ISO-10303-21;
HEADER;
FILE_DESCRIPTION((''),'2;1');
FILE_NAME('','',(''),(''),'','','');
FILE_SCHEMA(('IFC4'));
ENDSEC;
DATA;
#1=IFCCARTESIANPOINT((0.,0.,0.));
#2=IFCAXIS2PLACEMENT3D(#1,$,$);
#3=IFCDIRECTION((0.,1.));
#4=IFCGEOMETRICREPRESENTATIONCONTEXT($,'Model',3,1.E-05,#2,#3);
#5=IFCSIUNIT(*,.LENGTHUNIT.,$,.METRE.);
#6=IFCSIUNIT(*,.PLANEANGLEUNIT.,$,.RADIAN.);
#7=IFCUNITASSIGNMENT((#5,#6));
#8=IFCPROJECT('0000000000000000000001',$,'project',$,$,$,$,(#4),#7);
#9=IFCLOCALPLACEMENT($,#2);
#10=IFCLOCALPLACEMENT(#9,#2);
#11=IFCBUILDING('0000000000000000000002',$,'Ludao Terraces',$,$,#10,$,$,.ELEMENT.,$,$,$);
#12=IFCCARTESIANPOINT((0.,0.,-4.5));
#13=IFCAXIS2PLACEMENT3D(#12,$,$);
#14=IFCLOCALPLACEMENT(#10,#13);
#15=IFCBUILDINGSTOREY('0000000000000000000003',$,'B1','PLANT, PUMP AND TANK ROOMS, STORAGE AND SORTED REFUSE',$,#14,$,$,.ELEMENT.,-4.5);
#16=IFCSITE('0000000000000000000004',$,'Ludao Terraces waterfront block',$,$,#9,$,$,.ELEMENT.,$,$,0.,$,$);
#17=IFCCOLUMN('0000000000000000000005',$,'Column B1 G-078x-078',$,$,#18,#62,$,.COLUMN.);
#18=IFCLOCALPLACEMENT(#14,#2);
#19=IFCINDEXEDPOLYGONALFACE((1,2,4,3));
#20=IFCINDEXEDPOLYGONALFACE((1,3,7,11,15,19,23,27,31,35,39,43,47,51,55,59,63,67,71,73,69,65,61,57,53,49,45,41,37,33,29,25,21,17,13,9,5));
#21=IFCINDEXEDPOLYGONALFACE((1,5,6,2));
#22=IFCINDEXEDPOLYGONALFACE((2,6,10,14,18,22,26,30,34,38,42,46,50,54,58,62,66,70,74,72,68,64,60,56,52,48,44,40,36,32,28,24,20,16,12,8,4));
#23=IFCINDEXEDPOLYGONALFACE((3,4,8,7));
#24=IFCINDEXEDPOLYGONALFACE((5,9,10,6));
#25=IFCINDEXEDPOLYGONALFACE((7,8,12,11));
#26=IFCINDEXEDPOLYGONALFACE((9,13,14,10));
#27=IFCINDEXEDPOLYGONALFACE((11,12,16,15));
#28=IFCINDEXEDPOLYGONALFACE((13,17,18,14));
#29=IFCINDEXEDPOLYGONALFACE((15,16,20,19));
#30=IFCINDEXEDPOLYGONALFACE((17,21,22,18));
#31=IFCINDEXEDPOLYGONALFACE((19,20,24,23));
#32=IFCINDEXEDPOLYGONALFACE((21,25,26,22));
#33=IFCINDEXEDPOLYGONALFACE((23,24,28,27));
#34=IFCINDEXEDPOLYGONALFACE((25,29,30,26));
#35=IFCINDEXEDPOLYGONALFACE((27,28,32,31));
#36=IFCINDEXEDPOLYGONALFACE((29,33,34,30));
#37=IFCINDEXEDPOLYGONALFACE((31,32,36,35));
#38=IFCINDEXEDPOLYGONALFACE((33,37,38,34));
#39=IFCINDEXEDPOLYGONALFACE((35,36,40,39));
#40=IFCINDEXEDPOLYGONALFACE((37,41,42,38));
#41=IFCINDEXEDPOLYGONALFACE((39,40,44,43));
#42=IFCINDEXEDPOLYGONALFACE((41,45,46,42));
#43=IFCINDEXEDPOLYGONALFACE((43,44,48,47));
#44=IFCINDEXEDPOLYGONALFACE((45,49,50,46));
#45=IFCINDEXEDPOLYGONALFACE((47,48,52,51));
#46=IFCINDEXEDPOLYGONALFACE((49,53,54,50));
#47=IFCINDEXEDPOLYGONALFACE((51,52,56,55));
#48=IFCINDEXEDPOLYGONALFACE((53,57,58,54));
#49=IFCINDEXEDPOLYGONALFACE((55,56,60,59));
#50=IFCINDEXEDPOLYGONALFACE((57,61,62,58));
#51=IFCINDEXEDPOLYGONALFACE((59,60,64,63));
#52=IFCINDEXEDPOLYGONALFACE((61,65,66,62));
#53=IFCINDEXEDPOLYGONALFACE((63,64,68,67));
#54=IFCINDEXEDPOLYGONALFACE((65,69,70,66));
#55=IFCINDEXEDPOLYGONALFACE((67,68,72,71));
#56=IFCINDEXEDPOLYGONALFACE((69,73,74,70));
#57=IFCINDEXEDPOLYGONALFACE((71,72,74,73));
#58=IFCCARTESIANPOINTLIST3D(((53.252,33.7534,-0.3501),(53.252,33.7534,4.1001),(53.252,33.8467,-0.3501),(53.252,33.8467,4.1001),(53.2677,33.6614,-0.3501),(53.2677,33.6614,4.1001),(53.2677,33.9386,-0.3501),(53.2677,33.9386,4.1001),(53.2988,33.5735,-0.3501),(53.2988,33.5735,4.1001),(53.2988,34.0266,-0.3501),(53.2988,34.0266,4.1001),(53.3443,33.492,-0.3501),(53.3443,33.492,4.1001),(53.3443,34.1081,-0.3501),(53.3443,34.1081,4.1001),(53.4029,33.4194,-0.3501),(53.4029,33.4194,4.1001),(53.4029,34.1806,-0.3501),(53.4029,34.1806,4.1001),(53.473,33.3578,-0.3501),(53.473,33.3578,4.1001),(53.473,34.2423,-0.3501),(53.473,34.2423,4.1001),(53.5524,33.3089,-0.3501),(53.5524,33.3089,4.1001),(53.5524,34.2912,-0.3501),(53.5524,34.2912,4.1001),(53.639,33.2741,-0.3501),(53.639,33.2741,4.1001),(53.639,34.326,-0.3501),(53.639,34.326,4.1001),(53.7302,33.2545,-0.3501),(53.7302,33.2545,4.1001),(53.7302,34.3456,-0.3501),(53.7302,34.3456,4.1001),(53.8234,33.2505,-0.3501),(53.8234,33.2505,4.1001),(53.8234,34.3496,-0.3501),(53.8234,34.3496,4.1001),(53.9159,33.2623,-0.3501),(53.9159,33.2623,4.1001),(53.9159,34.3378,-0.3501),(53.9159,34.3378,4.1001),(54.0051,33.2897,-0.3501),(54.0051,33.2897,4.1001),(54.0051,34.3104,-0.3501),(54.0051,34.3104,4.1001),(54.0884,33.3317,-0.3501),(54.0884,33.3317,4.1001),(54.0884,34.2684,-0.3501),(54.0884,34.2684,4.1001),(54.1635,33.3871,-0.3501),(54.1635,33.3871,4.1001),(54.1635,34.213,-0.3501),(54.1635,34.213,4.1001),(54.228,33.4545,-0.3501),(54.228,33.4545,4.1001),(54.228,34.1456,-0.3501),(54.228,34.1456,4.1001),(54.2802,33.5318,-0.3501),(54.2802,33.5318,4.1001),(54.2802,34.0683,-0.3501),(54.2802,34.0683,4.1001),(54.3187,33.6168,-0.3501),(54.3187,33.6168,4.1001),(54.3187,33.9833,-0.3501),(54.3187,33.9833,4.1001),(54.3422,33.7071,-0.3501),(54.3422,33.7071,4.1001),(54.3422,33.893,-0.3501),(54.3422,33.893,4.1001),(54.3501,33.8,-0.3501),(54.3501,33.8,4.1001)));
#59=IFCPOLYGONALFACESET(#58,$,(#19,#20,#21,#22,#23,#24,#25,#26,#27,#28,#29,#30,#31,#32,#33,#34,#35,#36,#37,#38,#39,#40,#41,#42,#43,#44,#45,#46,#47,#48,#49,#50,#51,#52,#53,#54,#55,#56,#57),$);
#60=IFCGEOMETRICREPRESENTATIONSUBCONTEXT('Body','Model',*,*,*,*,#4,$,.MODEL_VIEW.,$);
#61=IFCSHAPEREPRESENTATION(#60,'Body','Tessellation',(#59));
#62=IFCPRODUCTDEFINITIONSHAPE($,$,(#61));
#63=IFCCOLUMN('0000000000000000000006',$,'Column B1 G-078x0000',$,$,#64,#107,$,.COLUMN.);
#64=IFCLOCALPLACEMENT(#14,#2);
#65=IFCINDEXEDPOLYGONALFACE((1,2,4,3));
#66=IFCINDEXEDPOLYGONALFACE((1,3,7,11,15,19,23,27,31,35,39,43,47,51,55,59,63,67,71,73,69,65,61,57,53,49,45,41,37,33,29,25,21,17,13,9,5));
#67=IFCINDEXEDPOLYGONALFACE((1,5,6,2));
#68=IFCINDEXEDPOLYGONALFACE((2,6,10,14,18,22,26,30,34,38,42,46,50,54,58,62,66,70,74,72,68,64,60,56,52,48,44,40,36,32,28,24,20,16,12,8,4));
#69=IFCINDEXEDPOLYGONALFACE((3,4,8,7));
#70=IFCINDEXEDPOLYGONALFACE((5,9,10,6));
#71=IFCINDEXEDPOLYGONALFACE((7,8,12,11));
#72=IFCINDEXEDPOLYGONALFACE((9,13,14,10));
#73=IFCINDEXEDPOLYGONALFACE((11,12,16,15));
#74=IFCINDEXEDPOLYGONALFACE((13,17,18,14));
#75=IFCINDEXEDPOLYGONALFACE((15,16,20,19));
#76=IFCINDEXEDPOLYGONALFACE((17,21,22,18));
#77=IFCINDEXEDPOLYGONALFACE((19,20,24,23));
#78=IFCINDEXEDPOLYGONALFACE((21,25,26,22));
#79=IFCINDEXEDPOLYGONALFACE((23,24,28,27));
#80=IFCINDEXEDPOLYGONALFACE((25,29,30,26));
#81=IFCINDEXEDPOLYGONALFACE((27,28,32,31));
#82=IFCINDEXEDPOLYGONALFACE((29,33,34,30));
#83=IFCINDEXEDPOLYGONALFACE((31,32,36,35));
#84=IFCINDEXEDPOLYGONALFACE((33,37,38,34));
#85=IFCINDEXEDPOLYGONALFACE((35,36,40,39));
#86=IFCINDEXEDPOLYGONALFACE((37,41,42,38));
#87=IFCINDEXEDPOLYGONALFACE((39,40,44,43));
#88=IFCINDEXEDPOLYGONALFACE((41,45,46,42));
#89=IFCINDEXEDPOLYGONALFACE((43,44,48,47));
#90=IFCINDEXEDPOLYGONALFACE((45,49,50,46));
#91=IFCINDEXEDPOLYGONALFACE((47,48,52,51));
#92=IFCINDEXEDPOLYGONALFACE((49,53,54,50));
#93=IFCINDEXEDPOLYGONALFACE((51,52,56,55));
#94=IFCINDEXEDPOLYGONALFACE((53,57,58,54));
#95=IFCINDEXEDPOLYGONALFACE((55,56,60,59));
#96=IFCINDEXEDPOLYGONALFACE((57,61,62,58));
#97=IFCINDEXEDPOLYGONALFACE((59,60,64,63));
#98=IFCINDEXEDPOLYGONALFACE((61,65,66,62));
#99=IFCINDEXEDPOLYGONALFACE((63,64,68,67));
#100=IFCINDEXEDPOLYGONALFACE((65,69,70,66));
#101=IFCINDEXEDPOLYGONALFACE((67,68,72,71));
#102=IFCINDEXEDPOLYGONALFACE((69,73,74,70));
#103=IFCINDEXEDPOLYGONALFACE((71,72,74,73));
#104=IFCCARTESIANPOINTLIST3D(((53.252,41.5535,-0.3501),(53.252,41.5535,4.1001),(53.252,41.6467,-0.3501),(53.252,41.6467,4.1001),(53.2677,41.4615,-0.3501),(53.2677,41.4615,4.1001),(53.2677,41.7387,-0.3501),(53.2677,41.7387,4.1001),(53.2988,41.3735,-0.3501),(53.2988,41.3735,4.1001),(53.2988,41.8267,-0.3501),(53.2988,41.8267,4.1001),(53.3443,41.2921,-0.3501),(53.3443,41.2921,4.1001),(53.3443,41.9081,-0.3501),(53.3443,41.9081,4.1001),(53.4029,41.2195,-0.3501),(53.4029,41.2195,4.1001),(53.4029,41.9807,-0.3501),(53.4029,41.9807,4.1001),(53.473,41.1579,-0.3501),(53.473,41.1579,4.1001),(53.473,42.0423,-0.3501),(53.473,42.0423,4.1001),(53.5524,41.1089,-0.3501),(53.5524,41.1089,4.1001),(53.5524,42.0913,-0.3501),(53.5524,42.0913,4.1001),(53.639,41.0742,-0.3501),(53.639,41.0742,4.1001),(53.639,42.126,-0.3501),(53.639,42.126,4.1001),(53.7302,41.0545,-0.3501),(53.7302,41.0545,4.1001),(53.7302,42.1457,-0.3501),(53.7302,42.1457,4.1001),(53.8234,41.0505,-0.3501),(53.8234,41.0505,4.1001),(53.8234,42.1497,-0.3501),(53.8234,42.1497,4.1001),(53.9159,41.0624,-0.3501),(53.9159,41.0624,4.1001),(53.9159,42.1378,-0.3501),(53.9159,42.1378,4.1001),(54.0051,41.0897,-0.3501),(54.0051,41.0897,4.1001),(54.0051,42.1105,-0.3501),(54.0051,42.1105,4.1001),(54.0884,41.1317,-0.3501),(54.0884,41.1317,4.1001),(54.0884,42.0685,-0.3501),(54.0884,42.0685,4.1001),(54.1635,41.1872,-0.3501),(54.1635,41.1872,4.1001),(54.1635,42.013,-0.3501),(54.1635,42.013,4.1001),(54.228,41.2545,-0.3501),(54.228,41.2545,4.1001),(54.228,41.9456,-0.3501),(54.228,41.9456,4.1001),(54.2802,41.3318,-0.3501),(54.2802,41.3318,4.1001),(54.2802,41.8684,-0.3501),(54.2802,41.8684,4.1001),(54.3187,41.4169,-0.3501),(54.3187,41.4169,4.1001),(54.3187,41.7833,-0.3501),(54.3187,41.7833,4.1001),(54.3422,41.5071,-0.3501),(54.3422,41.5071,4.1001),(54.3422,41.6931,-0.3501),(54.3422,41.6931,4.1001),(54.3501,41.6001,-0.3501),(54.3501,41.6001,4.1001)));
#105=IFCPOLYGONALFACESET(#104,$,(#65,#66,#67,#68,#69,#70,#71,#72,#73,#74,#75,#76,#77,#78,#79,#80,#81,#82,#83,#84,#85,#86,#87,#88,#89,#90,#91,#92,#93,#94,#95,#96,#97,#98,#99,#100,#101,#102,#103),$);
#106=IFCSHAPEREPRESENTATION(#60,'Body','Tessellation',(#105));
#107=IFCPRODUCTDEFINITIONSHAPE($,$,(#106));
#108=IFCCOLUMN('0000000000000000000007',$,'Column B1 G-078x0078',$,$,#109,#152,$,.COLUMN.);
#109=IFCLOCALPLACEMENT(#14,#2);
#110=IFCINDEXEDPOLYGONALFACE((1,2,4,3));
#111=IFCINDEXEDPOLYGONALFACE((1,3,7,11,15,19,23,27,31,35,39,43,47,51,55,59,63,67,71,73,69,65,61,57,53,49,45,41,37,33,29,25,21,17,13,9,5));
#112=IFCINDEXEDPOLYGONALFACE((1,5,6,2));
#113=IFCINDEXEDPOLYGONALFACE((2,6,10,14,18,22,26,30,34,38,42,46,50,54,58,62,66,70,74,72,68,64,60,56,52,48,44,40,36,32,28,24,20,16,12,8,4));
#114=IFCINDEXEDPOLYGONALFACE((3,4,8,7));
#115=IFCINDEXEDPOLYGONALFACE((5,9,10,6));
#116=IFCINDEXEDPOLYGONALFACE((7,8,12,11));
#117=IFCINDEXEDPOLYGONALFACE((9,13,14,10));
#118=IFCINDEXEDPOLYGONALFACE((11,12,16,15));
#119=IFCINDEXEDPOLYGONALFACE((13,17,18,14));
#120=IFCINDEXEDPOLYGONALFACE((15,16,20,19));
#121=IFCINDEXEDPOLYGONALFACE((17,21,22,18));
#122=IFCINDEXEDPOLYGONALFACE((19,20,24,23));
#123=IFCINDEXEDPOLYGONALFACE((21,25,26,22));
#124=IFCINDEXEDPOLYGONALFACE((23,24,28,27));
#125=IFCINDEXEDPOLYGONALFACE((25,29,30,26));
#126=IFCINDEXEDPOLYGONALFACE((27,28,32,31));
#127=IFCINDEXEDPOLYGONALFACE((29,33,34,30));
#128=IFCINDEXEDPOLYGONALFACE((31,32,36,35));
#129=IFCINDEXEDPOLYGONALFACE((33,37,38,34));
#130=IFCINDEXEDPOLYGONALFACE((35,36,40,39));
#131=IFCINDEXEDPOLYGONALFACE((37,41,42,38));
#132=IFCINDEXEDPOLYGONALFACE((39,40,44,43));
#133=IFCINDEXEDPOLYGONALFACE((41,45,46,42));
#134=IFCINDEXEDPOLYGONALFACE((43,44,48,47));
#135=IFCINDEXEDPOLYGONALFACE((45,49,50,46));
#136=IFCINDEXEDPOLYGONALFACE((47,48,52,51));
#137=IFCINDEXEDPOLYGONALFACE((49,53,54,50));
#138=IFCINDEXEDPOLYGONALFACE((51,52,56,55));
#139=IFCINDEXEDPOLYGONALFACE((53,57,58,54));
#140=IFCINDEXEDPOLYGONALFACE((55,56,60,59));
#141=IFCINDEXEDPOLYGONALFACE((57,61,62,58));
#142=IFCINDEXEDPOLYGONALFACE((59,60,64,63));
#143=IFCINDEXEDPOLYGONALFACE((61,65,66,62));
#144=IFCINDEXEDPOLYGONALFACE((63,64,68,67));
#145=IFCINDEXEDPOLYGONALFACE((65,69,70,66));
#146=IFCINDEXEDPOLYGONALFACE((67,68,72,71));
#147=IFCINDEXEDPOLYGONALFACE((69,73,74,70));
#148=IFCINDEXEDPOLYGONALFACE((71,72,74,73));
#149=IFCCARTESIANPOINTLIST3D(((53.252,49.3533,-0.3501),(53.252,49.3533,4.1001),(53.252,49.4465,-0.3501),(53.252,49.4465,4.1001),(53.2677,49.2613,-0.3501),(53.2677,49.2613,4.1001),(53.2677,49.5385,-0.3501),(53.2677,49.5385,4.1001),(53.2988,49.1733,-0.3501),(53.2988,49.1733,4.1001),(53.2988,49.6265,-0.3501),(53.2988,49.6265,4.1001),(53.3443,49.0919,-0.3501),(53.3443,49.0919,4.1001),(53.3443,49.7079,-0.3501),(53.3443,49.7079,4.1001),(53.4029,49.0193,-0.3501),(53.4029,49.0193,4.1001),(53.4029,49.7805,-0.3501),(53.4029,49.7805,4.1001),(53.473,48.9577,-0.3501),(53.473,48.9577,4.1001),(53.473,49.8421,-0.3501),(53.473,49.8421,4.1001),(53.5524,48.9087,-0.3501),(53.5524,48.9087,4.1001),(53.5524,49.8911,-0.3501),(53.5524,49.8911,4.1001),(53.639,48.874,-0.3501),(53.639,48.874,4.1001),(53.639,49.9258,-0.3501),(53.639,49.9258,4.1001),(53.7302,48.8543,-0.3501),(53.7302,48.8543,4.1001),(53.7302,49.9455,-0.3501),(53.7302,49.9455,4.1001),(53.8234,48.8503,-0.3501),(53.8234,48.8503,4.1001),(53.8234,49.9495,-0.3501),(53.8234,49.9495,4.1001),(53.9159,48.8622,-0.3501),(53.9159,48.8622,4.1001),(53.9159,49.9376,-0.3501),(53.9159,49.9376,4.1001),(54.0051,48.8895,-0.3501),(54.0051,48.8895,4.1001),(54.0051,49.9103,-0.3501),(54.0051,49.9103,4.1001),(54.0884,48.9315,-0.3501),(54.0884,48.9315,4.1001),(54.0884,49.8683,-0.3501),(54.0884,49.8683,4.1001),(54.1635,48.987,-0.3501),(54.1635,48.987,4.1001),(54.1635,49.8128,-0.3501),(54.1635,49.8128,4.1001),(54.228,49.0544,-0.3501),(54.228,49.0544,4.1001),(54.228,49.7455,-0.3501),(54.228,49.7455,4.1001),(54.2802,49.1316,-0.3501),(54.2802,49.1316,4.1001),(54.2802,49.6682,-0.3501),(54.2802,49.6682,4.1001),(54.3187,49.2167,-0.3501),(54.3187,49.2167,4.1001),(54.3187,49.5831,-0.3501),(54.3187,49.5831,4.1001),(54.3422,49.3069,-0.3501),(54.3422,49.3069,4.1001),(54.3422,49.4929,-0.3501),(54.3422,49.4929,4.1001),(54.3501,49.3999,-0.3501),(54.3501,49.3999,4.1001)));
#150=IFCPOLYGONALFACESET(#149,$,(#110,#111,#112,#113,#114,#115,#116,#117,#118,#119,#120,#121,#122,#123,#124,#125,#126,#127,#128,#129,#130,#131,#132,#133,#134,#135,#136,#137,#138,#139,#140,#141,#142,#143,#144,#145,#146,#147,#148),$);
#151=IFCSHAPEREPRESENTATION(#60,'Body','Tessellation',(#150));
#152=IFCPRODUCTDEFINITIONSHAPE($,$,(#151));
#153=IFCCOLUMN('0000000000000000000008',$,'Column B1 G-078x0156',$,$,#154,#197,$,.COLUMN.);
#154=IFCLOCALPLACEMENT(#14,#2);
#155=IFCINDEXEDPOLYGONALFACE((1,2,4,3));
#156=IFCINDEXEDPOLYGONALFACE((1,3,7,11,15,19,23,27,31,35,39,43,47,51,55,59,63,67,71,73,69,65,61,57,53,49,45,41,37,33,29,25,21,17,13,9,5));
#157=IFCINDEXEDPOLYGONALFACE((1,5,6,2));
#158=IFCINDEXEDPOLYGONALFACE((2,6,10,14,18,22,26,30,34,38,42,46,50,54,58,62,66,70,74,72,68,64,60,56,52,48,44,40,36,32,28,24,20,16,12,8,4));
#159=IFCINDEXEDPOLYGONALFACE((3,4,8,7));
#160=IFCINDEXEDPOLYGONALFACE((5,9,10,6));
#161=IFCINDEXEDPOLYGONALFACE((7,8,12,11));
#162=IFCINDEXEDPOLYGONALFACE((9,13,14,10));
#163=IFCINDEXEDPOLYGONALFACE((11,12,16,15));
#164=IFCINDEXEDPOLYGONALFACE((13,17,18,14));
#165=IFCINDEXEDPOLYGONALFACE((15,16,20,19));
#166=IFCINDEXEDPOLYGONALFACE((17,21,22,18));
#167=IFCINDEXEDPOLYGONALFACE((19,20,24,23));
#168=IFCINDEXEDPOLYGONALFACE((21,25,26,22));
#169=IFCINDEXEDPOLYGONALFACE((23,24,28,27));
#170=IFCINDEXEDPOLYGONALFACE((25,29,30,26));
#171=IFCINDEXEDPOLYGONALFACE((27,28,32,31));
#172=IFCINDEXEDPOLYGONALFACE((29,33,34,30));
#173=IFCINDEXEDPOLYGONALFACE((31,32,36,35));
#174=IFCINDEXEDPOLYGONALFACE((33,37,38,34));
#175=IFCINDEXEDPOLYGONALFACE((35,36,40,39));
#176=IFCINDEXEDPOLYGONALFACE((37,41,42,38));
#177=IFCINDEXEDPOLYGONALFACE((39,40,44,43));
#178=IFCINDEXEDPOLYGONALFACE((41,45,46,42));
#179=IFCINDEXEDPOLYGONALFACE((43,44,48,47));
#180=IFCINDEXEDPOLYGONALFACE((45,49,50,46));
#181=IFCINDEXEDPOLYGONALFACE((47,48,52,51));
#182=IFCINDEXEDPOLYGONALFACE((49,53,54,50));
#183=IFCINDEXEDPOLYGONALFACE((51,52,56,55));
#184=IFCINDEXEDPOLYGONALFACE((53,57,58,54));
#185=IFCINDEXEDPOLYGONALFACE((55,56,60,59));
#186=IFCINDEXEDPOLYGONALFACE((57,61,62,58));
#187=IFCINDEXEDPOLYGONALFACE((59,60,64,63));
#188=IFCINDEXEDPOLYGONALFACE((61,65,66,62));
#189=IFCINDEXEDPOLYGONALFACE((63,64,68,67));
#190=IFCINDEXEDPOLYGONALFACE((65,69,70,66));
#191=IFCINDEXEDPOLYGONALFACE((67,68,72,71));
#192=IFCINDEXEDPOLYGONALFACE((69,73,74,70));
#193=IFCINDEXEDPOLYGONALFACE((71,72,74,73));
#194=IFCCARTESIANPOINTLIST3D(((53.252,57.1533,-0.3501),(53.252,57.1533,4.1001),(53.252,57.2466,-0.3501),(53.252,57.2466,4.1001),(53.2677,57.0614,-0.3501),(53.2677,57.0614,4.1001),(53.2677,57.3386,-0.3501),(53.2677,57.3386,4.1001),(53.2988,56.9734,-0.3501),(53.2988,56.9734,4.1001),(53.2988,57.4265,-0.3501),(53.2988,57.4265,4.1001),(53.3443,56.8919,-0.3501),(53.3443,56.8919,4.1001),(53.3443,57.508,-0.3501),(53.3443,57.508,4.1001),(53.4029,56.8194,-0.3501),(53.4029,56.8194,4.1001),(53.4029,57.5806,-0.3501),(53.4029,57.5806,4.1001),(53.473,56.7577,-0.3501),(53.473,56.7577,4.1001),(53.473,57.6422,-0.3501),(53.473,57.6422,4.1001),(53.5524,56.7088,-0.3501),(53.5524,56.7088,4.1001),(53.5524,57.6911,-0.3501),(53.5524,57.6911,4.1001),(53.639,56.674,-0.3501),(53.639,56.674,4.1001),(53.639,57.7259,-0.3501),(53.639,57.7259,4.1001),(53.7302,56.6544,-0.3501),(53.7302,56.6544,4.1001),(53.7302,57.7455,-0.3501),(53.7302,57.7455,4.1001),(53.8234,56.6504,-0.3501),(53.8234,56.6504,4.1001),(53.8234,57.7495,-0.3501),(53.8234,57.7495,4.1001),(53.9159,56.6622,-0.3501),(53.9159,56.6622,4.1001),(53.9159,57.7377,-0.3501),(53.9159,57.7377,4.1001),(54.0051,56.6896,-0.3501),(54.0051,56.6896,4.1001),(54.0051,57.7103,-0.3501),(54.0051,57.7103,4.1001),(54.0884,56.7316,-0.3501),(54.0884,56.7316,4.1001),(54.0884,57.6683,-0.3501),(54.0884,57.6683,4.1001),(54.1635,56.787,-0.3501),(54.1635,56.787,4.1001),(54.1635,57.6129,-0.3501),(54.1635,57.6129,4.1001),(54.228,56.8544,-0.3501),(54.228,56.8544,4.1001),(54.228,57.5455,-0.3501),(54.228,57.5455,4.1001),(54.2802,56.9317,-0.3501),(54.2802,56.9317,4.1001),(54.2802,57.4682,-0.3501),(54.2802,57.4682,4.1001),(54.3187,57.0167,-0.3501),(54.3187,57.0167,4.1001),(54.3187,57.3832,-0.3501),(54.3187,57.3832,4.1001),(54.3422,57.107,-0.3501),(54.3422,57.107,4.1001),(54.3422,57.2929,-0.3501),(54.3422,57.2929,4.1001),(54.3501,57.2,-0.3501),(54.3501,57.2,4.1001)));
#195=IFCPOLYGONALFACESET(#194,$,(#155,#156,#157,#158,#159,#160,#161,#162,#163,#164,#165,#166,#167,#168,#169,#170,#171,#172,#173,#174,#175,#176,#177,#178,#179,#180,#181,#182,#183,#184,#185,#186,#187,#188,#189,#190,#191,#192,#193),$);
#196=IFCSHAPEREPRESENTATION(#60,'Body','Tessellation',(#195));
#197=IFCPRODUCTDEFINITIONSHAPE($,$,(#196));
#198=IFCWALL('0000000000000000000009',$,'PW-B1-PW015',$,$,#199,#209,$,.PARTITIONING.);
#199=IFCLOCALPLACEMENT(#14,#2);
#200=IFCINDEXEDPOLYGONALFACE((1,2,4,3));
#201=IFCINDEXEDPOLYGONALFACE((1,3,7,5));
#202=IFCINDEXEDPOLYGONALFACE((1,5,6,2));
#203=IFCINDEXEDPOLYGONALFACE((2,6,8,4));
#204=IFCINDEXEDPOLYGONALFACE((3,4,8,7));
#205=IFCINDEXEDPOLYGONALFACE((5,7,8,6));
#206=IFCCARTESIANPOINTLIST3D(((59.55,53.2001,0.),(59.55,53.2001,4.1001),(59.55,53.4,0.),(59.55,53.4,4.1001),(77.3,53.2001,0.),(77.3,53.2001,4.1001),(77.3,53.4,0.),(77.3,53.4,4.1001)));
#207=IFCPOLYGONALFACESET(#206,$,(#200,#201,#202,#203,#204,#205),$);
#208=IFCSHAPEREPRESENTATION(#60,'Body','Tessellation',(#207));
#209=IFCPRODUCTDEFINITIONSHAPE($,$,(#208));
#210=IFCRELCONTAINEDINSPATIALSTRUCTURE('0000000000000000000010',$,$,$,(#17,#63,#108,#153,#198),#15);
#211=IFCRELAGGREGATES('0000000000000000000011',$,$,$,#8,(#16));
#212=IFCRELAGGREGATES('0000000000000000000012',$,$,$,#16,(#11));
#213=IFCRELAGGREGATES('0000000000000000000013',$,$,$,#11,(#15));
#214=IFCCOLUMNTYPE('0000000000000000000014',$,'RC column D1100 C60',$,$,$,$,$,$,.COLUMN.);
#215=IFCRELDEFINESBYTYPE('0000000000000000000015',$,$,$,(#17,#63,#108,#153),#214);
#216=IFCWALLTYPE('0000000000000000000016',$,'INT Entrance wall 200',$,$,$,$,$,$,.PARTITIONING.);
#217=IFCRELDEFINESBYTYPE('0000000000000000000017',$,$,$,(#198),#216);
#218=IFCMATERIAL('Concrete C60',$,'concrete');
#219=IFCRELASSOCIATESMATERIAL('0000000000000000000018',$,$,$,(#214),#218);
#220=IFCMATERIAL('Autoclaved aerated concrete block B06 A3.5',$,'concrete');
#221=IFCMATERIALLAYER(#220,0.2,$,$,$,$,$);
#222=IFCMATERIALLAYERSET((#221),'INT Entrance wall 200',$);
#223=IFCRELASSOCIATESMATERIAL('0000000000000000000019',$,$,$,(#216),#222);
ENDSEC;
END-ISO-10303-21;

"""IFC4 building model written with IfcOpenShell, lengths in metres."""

from ifc_helpers import new_model, si_unit, direction, frame, frame_2d, origin, origin_2d, place, context, subcontext, project, spatial, rectangle, circle, extrude, material, layer, layer_set, material_profile, profile_set, type_object, element, save


model = new_model("IFC4")

# Units and contexts
model_context = context("Model", 3, precision=1e-05, world=origin(), true_north=direction((0.0, 1.0)))
body_context = subcontext(model_context, "Body", "Model", "MODEL_VIEW")
ifc_project = project(units=[si_unit("LENGTHUNIT", "METRE"), si_unit("PLANEANGLEUNIT", "RADIAN")], contexts=[model_context])

# Site, building, storey
site_placement = place(None, origin())
site = spatial("IfcSite", under=ifc_project, at=site_placement, Name="Ludao Terraces waterfront block", CompositionType="ELEMENT", RefElevation=0.0)
building_placement = place(site_placement, origin())
building = spatial("IfcBuilding", under=site, at=building_placement, Name="Ludao Terraces", CompositionType="ELEMENT")
storey_placement = place(building_placement, frame((0.0, 0.0, -4.5)))
storey = spatial("IfcBuildingStorey", under=building, at=storey_placement, Name="B1", Description="PLANT, PUMP AND TANK ROOMS, STORAGE AND SORTED REFUSE", CompositionType="ELEMENT", Elevation=-4.5)

# Columns
ifc_material_1 = material(Name="Concrete C60", Category="concrete")
ifc_material_profile = material_profile(ifc_material_1, circle(Radius=0.55, at=origin_2d()), Name="D1100")
ifc_profile_set = profile_set([ifc_material_profile], Name="Concrete C60")
column_type = type_object("IfcColumnType", Name="RC column D1100 C60", PredefinedType="COLUMN", material=ifc_profile_set)
for number, where, z_axis, x_axis, name in (
    (1, (53.8, 33.8, -0.3501), (0.0, 0.0, 1.0), (1.0, 0.0, 0.0), "Column B1 G-078x-078"),
    (2, (53.8, 41.6001, -0.3501), (0.0, 0.0, 1.0), (1.0, 0.0, 0.0), "Column B1 G-078x0000"),
    (3, (53.8, 49.3999, -0.3501), (0.0, 0.0, 1.0), (1.0, 0.0, 0.0), "Column B1 G-078x0078"),
    (4, (53.8, 57.2, -0.3501), (0.0, 0.0, 1.0), (1.0, 0.0, 0.0), "Column B1 G-078x0156"),
):
    element("IfcColumn", number, at=place(storey_placement, frame(where, z_axis=z_axis, x_axis=x_axis)), inside=storey, type_object=column_type, Name=name, PredefinedType="COLUMN", context=body_context, shape_type="SweptSolid", body=[
        extrude(circle(Radius=0.55, at=origin_2d()), origin(), (0.0, 0.0, 1.0), 4.4502),
    ])

# Wall
ifc_material_2 = material(Name="Autoclaved aerated concrete block B06 A3.5", Category="concrete")
ifc_layer_1 = layer(ifc_material_2, 0.2)
ifc_layer_set_1 = layer_set([ifc_layer_1], Name="INT Entrance wall 200")
wall_type_1 = type_object("IfcWallType", Name="INT Entrance wall 200", PredefinedType="PARTITIONING", material=ifc_layer_set_1)
wall_1_placement = place(storey_placement, frame((59.55, 53.3, 0.0), z_axis=(0.0, 0.0, 1.0), x_axis=(1.0, 0.0, 0.0)))
element("IfcWall", 5, at=wall_1_placement, inside=storey, type_object=wall_type_1, Name="PW-B1-PW015", PredefinedType="PARTITIONING", context=body_context, shape_type="SweptSolid", body=[
    extrude(rectangle(XDim=17.75, YDim=0.2, at=frame_2d((8.875, 0.0))), origin(), (0.0, 0.0, 1.0), 4.1001),
])

save(model, "model.ifc")
